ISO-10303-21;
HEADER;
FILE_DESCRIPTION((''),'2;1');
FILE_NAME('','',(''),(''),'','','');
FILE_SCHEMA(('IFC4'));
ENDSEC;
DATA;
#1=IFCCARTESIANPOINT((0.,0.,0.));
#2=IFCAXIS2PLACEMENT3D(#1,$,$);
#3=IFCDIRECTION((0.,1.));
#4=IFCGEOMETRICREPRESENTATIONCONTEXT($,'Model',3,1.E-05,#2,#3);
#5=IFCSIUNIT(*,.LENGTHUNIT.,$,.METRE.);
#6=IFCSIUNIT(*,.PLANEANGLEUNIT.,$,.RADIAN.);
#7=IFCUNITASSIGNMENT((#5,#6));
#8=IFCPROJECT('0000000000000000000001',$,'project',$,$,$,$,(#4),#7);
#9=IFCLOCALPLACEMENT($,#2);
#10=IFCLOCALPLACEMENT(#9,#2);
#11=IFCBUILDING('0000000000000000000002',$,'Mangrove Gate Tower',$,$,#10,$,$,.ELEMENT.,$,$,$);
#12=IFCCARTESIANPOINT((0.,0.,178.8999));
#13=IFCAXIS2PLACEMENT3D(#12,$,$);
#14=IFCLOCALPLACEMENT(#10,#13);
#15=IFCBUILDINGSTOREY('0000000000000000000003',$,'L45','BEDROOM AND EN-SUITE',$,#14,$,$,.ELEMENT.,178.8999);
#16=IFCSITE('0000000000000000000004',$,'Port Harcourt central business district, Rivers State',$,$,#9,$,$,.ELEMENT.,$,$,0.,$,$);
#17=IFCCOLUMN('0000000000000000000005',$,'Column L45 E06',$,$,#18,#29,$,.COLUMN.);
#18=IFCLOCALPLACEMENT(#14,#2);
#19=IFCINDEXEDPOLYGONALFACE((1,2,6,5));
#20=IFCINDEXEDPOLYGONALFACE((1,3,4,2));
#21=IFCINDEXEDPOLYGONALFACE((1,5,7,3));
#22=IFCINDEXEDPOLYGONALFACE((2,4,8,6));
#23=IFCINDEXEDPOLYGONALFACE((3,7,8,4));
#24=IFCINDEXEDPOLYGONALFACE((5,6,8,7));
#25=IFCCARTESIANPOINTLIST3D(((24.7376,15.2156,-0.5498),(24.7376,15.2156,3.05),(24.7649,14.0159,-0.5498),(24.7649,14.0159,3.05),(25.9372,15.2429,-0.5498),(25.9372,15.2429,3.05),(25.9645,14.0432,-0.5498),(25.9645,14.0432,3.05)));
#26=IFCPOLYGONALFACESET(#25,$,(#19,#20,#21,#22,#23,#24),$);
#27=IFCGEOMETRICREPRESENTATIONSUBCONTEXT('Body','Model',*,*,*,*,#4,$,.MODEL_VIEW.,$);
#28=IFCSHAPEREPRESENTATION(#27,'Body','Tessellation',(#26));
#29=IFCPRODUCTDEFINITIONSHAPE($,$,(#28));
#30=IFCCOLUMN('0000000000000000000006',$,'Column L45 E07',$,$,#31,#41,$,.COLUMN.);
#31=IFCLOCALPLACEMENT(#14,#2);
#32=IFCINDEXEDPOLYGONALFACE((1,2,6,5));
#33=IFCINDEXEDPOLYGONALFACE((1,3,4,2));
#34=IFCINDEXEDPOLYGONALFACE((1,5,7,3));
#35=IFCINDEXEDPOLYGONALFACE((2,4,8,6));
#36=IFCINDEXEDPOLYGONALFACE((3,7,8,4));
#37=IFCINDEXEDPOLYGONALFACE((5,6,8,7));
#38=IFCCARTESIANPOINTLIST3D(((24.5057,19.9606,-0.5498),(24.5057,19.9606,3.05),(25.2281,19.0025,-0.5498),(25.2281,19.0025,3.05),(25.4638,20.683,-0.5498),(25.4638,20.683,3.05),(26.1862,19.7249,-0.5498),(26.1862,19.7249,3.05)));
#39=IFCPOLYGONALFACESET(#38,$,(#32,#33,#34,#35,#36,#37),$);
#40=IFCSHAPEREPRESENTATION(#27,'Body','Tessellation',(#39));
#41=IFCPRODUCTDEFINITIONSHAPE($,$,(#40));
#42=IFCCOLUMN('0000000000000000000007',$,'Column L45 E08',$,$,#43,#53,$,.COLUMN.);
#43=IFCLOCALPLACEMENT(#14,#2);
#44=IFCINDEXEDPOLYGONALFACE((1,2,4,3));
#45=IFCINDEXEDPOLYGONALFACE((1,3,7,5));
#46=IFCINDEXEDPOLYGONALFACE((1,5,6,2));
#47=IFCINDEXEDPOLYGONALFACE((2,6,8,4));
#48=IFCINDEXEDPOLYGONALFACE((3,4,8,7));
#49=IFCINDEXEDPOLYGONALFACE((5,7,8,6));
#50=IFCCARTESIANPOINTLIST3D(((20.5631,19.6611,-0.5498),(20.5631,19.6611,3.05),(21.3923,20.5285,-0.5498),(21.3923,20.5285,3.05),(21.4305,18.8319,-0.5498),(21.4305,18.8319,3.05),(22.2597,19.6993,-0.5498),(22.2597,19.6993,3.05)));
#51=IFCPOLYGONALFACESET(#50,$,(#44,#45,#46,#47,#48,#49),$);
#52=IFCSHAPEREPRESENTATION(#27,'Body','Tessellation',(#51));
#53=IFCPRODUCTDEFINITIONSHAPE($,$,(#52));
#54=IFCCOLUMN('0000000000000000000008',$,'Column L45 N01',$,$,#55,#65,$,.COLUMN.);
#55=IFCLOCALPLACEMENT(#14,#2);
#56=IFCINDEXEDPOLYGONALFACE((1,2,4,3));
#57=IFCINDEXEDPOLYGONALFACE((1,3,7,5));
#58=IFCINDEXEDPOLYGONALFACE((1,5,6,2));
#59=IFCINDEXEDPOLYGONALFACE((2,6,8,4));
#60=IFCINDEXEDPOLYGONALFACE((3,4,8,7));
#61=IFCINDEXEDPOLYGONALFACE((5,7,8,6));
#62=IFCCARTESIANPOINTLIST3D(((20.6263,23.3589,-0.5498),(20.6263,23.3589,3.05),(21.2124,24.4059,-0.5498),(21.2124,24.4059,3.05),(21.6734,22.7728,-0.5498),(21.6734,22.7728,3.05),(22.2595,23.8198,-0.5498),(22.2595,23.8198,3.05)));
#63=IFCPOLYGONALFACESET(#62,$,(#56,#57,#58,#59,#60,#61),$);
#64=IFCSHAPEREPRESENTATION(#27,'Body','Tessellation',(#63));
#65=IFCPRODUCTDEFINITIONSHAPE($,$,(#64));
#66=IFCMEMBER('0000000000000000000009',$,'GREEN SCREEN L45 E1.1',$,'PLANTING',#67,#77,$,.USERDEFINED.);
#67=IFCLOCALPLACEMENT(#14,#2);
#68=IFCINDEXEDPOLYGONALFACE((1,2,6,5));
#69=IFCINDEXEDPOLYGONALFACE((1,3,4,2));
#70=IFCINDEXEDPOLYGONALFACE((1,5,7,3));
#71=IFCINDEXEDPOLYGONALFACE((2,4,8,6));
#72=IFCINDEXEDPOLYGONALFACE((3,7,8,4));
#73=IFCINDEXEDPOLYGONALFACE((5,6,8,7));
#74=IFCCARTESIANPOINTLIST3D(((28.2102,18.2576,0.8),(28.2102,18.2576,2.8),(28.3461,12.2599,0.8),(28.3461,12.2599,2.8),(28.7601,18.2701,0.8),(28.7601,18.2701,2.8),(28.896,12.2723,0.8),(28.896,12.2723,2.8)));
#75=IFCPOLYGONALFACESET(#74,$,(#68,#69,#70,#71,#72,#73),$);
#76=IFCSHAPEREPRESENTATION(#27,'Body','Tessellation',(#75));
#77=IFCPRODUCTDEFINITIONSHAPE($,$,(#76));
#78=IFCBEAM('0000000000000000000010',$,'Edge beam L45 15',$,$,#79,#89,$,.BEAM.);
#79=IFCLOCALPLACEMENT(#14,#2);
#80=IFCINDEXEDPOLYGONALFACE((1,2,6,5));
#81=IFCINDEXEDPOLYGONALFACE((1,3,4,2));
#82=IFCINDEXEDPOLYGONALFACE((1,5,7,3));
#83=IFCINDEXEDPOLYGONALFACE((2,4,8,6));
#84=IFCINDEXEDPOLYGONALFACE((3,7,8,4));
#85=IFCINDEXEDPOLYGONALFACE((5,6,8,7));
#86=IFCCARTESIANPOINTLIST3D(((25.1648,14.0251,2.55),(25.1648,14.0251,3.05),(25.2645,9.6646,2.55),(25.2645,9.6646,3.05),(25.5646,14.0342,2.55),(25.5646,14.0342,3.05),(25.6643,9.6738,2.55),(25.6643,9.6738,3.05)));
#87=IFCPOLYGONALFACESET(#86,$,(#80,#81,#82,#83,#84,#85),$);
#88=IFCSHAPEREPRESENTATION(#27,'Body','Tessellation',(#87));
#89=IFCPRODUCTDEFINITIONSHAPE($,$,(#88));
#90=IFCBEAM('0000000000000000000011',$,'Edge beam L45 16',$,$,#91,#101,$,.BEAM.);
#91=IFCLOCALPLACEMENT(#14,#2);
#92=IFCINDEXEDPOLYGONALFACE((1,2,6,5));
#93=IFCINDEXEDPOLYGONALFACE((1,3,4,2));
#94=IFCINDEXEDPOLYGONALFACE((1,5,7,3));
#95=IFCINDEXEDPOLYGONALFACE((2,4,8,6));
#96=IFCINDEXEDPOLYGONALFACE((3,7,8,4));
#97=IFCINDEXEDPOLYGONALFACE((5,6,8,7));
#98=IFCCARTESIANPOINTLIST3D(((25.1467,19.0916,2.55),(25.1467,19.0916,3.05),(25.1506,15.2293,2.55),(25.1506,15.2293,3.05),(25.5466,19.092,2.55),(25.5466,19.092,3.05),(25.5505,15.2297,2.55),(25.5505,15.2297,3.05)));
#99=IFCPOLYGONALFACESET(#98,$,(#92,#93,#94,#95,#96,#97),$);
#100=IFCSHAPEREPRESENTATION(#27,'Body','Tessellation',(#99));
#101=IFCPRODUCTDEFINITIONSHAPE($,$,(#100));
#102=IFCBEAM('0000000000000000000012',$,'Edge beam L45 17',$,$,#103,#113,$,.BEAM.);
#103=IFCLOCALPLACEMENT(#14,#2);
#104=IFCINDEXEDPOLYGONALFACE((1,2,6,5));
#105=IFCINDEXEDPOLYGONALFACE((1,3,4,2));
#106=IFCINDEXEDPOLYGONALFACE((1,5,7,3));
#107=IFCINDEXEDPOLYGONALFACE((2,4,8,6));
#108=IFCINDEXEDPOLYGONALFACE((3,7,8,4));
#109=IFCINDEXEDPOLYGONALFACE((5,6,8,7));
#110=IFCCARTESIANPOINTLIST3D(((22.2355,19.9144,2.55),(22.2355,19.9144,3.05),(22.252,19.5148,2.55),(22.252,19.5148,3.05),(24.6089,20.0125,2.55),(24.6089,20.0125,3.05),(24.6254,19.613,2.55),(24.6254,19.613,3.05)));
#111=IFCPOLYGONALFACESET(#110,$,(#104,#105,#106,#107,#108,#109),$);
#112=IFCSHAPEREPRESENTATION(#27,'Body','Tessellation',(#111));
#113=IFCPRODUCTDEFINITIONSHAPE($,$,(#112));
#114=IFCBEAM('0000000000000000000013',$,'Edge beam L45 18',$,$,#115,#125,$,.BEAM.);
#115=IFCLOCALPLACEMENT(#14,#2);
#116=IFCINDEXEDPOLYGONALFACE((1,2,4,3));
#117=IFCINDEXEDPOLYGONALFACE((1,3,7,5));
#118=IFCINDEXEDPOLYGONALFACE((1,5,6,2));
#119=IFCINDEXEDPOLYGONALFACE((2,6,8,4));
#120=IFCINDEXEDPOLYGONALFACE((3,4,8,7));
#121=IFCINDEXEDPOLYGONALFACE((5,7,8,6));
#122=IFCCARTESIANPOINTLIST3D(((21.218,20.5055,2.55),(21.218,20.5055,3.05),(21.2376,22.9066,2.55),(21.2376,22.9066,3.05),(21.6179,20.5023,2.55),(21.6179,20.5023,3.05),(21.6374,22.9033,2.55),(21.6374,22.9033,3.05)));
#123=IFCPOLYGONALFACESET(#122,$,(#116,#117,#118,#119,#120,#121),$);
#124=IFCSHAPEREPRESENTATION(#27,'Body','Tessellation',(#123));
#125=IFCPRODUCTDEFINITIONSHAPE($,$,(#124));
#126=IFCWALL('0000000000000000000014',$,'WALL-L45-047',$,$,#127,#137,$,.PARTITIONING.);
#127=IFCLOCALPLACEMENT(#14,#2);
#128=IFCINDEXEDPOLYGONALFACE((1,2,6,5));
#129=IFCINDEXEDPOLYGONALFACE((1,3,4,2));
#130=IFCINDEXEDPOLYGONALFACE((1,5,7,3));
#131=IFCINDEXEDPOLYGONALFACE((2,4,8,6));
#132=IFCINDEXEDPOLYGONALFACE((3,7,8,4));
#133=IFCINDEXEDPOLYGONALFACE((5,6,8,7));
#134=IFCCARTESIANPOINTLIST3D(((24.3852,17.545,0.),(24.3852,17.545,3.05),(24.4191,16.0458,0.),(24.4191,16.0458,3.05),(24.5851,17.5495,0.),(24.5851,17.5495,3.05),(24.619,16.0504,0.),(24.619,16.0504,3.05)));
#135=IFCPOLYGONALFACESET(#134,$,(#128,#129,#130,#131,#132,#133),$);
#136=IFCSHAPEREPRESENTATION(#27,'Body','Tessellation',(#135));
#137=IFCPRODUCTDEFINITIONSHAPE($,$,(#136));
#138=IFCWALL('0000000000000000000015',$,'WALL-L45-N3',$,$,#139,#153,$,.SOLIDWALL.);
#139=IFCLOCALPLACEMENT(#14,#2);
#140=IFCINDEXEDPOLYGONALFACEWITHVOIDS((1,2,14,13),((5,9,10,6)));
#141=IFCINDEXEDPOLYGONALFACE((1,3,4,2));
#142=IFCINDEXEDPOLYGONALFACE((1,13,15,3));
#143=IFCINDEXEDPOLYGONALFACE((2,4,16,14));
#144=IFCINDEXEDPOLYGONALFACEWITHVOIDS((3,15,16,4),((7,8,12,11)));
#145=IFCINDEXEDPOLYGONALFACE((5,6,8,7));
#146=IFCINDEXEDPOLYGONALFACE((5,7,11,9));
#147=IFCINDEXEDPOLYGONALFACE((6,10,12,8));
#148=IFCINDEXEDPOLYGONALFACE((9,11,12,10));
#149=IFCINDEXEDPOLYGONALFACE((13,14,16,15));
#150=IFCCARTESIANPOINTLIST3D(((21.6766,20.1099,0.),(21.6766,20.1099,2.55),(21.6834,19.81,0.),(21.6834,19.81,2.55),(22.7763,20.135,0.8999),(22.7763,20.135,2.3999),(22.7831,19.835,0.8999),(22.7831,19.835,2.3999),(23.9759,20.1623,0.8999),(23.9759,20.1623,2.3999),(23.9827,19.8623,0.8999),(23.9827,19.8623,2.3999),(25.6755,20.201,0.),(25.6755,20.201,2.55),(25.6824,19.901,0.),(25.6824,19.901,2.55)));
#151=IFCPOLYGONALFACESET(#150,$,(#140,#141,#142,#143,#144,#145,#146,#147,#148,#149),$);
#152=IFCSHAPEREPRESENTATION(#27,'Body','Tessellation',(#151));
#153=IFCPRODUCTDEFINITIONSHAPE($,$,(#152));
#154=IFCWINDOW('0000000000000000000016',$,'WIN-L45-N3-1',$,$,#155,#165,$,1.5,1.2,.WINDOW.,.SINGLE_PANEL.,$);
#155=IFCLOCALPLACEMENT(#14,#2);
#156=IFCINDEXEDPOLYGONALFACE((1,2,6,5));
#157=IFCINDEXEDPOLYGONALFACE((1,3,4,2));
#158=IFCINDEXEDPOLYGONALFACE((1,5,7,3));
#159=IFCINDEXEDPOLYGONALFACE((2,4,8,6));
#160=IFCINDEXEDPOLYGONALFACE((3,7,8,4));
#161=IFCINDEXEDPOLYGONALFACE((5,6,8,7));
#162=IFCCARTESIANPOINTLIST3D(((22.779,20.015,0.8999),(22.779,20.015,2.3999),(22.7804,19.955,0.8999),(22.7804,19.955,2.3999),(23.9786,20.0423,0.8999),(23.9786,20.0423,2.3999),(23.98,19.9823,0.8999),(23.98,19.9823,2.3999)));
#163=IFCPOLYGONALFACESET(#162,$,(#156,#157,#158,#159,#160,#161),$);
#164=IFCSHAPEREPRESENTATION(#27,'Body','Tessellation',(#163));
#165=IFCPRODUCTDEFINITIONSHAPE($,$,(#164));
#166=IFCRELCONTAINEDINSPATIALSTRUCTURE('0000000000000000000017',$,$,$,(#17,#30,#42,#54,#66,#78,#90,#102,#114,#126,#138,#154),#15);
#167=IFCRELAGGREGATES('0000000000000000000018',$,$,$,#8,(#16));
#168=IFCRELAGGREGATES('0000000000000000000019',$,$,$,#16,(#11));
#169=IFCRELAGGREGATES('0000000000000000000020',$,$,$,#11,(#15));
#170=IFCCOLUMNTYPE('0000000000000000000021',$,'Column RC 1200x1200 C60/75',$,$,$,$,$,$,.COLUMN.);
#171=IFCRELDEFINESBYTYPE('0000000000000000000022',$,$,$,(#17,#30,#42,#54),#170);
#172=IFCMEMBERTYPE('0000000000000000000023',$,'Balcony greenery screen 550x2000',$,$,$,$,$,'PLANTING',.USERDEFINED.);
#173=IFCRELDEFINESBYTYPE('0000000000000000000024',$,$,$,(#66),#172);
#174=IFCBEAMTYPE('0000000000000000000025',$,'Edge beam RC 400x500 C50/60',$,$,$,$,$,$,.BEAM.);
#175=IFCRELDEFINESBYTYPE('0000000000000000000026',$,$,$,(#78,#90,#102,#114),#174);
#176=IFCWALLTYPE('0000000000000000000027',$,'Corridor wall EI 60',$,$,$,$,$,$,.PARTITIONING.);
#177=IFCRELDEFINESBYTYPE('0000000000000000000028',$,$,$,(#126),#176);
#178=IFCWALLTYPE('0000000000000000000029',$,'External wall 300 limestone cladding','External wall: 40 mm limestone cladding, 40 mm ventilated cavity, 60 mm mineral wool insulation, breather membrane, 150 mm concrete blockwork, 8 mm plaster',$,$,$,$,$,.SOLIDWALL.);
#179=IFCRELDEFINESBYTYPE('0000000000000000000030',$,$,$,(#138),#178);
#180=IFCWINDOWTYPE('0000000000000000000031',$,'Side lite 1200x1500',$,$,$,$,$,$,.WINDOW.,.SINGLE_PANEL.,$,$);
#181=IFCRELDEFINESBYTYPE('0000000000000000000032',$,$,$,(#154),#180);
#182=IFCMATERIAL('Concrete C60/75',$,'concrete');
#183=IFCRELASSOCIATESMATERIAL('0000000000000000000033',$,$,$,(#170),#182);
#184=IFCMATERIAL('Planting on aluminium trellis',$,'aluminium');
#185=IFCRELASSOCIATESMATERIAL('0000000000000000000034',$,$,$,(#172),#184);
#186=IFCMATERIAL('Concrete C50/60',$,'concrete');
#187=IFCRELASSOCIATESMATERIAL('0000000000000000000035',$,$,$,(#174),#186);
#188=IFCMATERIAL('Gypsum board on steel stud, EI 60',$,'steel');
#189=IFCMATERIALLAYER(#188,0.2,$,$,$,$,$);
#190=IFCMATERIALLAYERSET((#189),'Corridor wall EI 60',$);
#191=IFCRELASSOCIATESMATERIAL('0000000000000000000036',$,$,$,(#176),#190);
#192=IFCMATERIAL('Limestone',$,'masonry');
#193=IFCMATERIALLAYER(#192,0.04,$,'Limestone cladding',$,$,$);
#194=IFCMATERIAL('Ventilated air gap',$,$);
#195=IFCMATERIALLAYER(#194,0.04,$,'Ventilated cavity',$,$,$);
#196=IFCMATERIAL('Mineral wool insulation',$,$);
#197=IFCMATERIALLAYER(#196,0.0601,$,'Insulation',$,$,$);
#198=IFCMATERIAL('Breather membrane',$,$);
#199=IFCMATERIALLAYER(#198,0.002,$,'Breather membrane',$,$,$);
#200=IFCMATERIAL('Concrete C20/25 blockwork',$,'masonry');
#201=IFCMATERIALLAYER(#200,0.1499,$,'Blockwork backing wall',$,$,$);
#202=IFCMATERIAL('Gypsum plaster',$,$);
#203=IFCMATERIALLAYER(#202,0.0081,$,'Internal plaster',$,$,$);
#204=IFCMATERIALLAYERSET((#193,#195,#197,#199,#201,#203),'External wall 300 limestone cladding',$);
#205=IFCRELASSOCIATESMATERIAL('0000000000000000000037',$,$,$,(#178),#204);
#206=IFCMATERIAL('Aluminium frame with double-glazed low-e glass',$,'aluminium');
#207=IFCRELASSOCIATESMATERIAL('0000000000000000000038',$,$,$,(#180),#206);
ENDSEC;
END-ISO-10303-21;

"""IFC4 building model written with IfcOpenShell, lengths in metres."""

from ifc_helpers import new_model, si_unit, direction, frame, frame_2d, origin, origin_2d, place, context, subcontext, project, spatial, rectangle, extrude, material, layer, layer_set, material_profile, profile_set, type_object, element, fill, save


model = new_model("IFC4")

# Units and contexts
model_context = context("Model", 3, precision=1e-05, world=origin(), true_north=direction((0.0, 1.0)))
body_context = subcontext(model_context, "Body", "Model", "MODEL_VIEW")
ifc_project = project(units=[si_unit("LENGTHUNIT", "METRE"), si_unit("PLANEANGLEUNIT", "RADIAN")], contexts=[model_context])

# Site, building, storey
site_placement = place(None, origin())
site = spatial("IfcSite", under=ifc_project, at=site_placement, Name="Port Harcourt central business district, Rivers State", CompositionType="ELEMENT", RefElevation=0.0)
building_placement = place(site_placement, origin())
building = spatial("IfcBuilding", under=site, at=building_placement, Name="Mangrove Gate Tower", CompositionType="ELEMENT")
storey_placement = place(building_placement, frame((0.0, 0.0, 178.8999)))
storey = spatial("IfcBuildingStorey", under=building, at=storey_placement, Name="L45", Description="BEDROOM AND EN-SUITE", CompositionType="ELEMENT", Elevation=178.8999)

# Columns
ifc_material_1 = material(Name="Concrete C60/75", Category="concrete")
ifc_material_profile_1 = material_profile(ifc_material_1, rectangle(XDim=1.2, YDim=1.2, at=origin_2d()))
ifc_profile_set_1 = profile_set([ifc_material_profile_1], Name="Concrete C60/75")
column_type = type_object("IfcColumnType", Name="Column RC 1200x1200 C60/75", PredefinedType="COLUMN", material=ifc_profile_set_1)
for number, where, z_axis, x_axis, name in (
    (1, (25.3511, 14.6294, -0.5498), (0.0, 0.0, 1.0), (-0.022744, 0.999741, 0.0), "Column L45 E06"),
    (2, (25.3459, 19.8428, -0.5498), (0.0, 0.0, 1.0), (-0.60203, 0.798474, 0.0), "Column L45 E07"),
    (3, (21.4114, 19.6802, -0.5498), (0.0, 0.0, 1.0), (-0.722838, 0.691018, 0.0), "Column L45 E08"),
    (4, (21.4429, 23.5894, -0.5498), (0.0, 0.0, 1.0), (-0.872595, 0.488445, 0.0), "Column L45 N01"),
):
    element("IfcColumn", number, at=place(storey_placement, frame(where, z_axis=z_axis, x_axis=x_axis)), inside=storey, type_object=column_type, Name=name, PredefinedType="COLUMN", context=body_context, shape_type="SweptSolid", body=[
        extrude(rectangle(XDim=1.2, YDim=1.2, at=origin_2d()), origin(), (0.0, 0.0, 1.0), 3.5999),
    ])

# Member
ifc_material_2 = material(Name="Planting on aluminium trellis", Category="aluminium")
ifc_material_profile_2 = material_profile(ifc_material_2, rectangle(XDim=0.55, YDim=2.0, at=origin_2d()))
ifc_profile_set_2 = profile_set([ifc_material_profile_2], Name="Planting on aluminium trellis")
member_type = type_object("IfcMemberType", Name="Balcony greenery screen 550x2000", ElementType="PLANTING", PredefinedType="USERDEFINED", material=ifc_profile_set_2)
member_placement = place(storey_placement, frame((28.6211, 12.2661, 1.8), z_axis=(-0.022667, 0.999743, 0.0), x_axis=(-0.999743, -0.022667, 0.0)))
element("IfcMember", 5, at=member_placement, inside=storey, type_object=member_type, Name="GREEN SCREEN L45 E1.1", ObjectType="PLANTING", PredefinedType="USERDEFINED", context=body_context, shape_type="SweptSolid", body=[
    extrude(rectangle(XDim=0.55, YDim=2.0, at=origin_2d()), origin(), (0.0, 0.0, 1.0), 5.9993),
])

# Beams
ifc_material_3 = material(Name="Concrete C50/60", Category="concrete")
ifc_material_profile_3 = material_profile(ifc_material_3, rectangle(XDim=0.3999, YDim=0.5, at=origin_2d()))
ifc_profile_set_3 = profile_set([ifc_material_profile_3], Name="Concrete C50/60")
beam_type = type_object("IfcBeamType", Name="Edge beam RC 400x500 C50/60", PredefinedType="BEAM", material=ifc_profile_set_3)
beam_1_placement = place(storey_placement, frame((25.4644, 9.6692, 2.8), z_axis=(-0.022838, 0.999739, 0.0), x_axis=(-0.999739, -0.022838, 0.0)))
element("IfcBeam", 6, at=beam_1_placement, inside=storey, type_object=beam_type, Name="Edge beam L45 15", PredefinedType="BEAM", context=body_context, shape_type="SweptSolid", body=[
    extrude(rectangle(XDim=0.3999, YDim=0.5, at=origin_2d()), origin(), (0.0, 0.0, 1.0), 4.3616),
])
beam_2_placement = place(storey_placement, frame((25.3506, 15.2295, 2.8), z_axis=(-0.001011, 0.999999, 0.0), x_axis=(-0.999999, -0.001011, 0.0)))
element("IfcBeam", 7, at=beam_2_placement, inside=storey, type_object=beam_type, Name="Edge beam L45 16", PredefinedType="BEAM", context=body_context, shape_type="SweptSolid", body=[
    extrude(rectangle(XDim=0.3999, YDim=0.5, at=origin_2d()), origin(), (0.0, 0.0, 1.0), 3.8623),
])
beam_3_placement = place(storey_placement, frame((24.6172, 19.8127, 2.8), z_axis=(-0.999146, -0.041314, 0.0), x_axis=(0.041314, -0.999146, 0.0)))
element("IfcBeam", 8, at=beam_3_placement, inside=storey, type_object=beam_type, Name="Edge beam L45 17", PredefinedType="BEAM", context=body_context, shape_type="SweptSolid", body=[
    extrude(rectangle(XDim=0.3999, YDim=0.5, at=origin_2d()), origin(), (0.0, 0.0, 1.0), 2.3755),
])
beam_4_placement = place(storey_placement, frame((21.418, 20.5039, 2.8), z_axis=(0.008134, 0.999967, 0.0), x_axis=(-0.999967, 0.008134, 0.0)))
element("IfcBeam", 9, at=beam_4_placement, inside=storey, type_object=beam_type, Name="Edge beam L45 18", PredefinedType="BEAM", context=body_context, shape_type="SweptSolid", body=[
    extrude(rectangle(XDim=0.3999, YDim=0.5, at=origin_2d()), origin(), (0.0, 0.0, 1.0), 2.4011),
])

# Wall
ifc_material_4 = material(Name="Gypsum board on steel stud, EI 60", Category="steel")
ifc_layer_1 = layer(ifc_material_4, 0.2)
ifc_layer_set_1 = layer_set([ifc_layer_1], Name="Corridor wall EI 60")
wall_type_1 = type_object("IfcWallType", Name="Corridor wall EI 60", PredefinedType="PARTITIONING", material=ifc_layer_set_1)
wall_1_placement = place(storey_placement, frame((24.519, 16.0481, 0.0), z_axis=(0.0, 0.0, 1.0), x_axis=(-0.022633, 0.999744, 0.0)))
element("IfcWall", 10, at=wall_1_placement, inside=storey, type_object=wall_type_1, Name="WALL-L45-047", PredefinedType="PARTITIONING", context=body_context, shape_type="SweptSolid", body=[
    extrude(rectangle(XDim=1.4995, YDim=0.2, at=frame_2d((0.7498, 0.0))), origin(), (0.0, 0.0, 1.0), 3.05),
])

# Wall, opening, window
ifc_material_5 = material(Name="Limestone", Category="masonry")
ifc_layer_2 = layer(ifc_material_5, 0.04, Name="Limestone cladding")
ifc_material_6 = material(Name="Ventilated air gap")
ifc_layer_3 = layer(ifc_material_6, 0.04, Name="Ventilated cavity")
ifc_material_7 = material(Name="Mineral wool insulation")
ifc_layer_4 = layer(ifc_material_7, 0.0601, Name="Insulation")
ifc_material_8 = material(Name="Breather membrane")
ifc_layer_5 = layer(ifc_material_8, 0.002, Name="Breather membrane")
ifc_material_9 = material(Name="Concrete C20/25 blockwork", Category="masonry")
ifc_layer_6 = layer(ifc_material_9, 0.1499, Name="Blockwork backing wall")
ifc_material_10 = material(Name="Gypsum plaster")
ifc_layer_7 = layer(ifc_material_10, 0.0081, Name="Internal plaster")
ifc_layer_set_2 = layer_set([ifc_layer_2, ifc_layer_3, ifc_layer_4, ifc_layer_5, ifc_layer_6, ifc_layer_7], Name="External wall 300 limestone cladding")
wall_type_2 = type_object("IfcWallType", Name="External wall 300 limestone cladding", Description="External wall: 40 mm limestone cladding, 40 mm ventilated cavity, 60 mm mineral wool insulation, breather membrane, 150 mm concrete blockwork, 8 mm plaster", PredefinedType="SOLIDWALL", material=ifc_layer_set_2)
wall_2_placement = place(storey_placement, frame((25.679, 20.051, 0.0), z_axis=(0.0, 0.0, 1.0), x_axis=(-0.999741, -0.022766, 0.0)))
wall_2 = element("IfcWall", 11, at=wall_2_placement, inside=storey, type_object=wall_type_2, Name="WALL-L45-N3", PredefinedType="SOLIDWALL", context=body_context, shape_type="SweptSolid", body=[
    extrude(rectangle(XDim=4.0, YDim=0.3, at=frame_2d((2.0, 0.0))), origin(), (0.0, 0.0, 1.0), 2.55),
])
opening_1_placement = place(wall_2_placement, frame((1.7, 0.0, 0.8999)))
opening_1 = element("IfcOpeningElement", 12, at=opening_1_placement, cuts=wall_2, PredefinedType="OPENING", context=body_context, shape_type="SweptSolid", body=[
    extrude(rectangle(XDim=1.2, YDim=1.5, at=frame_2d((0.6001, 0.75))), frame((0.0, 0.1599, 0.0), z_axis=(0.0, -1.0, 0.0), x_axis=(1.0, 0.0, 0.0)), (0.0, 0.0, 1.0), 0.3201),
])
ifc_material_11 = material(Name="Aluminium frame with double-glazed low-e glass", Category="aluminium")
window_type_1 = type_object("IfcWindowType", Name="Side lite 1200x1500", PartitioningType="SINGLE_PANEL", PredefinedType="WINDOW", material=ifc_material_11)
window_1_placement = place(opening_1_placement, origin())
window_1 = element("IfcWindow", 13, at=window_1_placement, inside=storey, type_object=window_type_1, Name="WIN-L45-N3-1", OverallHeight=1.5, OverallWidth=1.2, PartitioningType="SINGLE_PANEL", PredefinedType="WINDOW", context=body_context, shape_type="SweptSolid", body=[
    extrude(rectangle(XDim=1.2, YDim=1.5, at=frame_2d((0.6001, 0.75))), frame((0.0, 0.03, 0.0), z_axis=(0.0, -1.0, 0.0), x_axis=(1.0, 0.0, 0.0)), (0.0, 0.0, 1.0), 0.0601),
])
fill(opening_1, window_1)

save(model, "model.ifc")
